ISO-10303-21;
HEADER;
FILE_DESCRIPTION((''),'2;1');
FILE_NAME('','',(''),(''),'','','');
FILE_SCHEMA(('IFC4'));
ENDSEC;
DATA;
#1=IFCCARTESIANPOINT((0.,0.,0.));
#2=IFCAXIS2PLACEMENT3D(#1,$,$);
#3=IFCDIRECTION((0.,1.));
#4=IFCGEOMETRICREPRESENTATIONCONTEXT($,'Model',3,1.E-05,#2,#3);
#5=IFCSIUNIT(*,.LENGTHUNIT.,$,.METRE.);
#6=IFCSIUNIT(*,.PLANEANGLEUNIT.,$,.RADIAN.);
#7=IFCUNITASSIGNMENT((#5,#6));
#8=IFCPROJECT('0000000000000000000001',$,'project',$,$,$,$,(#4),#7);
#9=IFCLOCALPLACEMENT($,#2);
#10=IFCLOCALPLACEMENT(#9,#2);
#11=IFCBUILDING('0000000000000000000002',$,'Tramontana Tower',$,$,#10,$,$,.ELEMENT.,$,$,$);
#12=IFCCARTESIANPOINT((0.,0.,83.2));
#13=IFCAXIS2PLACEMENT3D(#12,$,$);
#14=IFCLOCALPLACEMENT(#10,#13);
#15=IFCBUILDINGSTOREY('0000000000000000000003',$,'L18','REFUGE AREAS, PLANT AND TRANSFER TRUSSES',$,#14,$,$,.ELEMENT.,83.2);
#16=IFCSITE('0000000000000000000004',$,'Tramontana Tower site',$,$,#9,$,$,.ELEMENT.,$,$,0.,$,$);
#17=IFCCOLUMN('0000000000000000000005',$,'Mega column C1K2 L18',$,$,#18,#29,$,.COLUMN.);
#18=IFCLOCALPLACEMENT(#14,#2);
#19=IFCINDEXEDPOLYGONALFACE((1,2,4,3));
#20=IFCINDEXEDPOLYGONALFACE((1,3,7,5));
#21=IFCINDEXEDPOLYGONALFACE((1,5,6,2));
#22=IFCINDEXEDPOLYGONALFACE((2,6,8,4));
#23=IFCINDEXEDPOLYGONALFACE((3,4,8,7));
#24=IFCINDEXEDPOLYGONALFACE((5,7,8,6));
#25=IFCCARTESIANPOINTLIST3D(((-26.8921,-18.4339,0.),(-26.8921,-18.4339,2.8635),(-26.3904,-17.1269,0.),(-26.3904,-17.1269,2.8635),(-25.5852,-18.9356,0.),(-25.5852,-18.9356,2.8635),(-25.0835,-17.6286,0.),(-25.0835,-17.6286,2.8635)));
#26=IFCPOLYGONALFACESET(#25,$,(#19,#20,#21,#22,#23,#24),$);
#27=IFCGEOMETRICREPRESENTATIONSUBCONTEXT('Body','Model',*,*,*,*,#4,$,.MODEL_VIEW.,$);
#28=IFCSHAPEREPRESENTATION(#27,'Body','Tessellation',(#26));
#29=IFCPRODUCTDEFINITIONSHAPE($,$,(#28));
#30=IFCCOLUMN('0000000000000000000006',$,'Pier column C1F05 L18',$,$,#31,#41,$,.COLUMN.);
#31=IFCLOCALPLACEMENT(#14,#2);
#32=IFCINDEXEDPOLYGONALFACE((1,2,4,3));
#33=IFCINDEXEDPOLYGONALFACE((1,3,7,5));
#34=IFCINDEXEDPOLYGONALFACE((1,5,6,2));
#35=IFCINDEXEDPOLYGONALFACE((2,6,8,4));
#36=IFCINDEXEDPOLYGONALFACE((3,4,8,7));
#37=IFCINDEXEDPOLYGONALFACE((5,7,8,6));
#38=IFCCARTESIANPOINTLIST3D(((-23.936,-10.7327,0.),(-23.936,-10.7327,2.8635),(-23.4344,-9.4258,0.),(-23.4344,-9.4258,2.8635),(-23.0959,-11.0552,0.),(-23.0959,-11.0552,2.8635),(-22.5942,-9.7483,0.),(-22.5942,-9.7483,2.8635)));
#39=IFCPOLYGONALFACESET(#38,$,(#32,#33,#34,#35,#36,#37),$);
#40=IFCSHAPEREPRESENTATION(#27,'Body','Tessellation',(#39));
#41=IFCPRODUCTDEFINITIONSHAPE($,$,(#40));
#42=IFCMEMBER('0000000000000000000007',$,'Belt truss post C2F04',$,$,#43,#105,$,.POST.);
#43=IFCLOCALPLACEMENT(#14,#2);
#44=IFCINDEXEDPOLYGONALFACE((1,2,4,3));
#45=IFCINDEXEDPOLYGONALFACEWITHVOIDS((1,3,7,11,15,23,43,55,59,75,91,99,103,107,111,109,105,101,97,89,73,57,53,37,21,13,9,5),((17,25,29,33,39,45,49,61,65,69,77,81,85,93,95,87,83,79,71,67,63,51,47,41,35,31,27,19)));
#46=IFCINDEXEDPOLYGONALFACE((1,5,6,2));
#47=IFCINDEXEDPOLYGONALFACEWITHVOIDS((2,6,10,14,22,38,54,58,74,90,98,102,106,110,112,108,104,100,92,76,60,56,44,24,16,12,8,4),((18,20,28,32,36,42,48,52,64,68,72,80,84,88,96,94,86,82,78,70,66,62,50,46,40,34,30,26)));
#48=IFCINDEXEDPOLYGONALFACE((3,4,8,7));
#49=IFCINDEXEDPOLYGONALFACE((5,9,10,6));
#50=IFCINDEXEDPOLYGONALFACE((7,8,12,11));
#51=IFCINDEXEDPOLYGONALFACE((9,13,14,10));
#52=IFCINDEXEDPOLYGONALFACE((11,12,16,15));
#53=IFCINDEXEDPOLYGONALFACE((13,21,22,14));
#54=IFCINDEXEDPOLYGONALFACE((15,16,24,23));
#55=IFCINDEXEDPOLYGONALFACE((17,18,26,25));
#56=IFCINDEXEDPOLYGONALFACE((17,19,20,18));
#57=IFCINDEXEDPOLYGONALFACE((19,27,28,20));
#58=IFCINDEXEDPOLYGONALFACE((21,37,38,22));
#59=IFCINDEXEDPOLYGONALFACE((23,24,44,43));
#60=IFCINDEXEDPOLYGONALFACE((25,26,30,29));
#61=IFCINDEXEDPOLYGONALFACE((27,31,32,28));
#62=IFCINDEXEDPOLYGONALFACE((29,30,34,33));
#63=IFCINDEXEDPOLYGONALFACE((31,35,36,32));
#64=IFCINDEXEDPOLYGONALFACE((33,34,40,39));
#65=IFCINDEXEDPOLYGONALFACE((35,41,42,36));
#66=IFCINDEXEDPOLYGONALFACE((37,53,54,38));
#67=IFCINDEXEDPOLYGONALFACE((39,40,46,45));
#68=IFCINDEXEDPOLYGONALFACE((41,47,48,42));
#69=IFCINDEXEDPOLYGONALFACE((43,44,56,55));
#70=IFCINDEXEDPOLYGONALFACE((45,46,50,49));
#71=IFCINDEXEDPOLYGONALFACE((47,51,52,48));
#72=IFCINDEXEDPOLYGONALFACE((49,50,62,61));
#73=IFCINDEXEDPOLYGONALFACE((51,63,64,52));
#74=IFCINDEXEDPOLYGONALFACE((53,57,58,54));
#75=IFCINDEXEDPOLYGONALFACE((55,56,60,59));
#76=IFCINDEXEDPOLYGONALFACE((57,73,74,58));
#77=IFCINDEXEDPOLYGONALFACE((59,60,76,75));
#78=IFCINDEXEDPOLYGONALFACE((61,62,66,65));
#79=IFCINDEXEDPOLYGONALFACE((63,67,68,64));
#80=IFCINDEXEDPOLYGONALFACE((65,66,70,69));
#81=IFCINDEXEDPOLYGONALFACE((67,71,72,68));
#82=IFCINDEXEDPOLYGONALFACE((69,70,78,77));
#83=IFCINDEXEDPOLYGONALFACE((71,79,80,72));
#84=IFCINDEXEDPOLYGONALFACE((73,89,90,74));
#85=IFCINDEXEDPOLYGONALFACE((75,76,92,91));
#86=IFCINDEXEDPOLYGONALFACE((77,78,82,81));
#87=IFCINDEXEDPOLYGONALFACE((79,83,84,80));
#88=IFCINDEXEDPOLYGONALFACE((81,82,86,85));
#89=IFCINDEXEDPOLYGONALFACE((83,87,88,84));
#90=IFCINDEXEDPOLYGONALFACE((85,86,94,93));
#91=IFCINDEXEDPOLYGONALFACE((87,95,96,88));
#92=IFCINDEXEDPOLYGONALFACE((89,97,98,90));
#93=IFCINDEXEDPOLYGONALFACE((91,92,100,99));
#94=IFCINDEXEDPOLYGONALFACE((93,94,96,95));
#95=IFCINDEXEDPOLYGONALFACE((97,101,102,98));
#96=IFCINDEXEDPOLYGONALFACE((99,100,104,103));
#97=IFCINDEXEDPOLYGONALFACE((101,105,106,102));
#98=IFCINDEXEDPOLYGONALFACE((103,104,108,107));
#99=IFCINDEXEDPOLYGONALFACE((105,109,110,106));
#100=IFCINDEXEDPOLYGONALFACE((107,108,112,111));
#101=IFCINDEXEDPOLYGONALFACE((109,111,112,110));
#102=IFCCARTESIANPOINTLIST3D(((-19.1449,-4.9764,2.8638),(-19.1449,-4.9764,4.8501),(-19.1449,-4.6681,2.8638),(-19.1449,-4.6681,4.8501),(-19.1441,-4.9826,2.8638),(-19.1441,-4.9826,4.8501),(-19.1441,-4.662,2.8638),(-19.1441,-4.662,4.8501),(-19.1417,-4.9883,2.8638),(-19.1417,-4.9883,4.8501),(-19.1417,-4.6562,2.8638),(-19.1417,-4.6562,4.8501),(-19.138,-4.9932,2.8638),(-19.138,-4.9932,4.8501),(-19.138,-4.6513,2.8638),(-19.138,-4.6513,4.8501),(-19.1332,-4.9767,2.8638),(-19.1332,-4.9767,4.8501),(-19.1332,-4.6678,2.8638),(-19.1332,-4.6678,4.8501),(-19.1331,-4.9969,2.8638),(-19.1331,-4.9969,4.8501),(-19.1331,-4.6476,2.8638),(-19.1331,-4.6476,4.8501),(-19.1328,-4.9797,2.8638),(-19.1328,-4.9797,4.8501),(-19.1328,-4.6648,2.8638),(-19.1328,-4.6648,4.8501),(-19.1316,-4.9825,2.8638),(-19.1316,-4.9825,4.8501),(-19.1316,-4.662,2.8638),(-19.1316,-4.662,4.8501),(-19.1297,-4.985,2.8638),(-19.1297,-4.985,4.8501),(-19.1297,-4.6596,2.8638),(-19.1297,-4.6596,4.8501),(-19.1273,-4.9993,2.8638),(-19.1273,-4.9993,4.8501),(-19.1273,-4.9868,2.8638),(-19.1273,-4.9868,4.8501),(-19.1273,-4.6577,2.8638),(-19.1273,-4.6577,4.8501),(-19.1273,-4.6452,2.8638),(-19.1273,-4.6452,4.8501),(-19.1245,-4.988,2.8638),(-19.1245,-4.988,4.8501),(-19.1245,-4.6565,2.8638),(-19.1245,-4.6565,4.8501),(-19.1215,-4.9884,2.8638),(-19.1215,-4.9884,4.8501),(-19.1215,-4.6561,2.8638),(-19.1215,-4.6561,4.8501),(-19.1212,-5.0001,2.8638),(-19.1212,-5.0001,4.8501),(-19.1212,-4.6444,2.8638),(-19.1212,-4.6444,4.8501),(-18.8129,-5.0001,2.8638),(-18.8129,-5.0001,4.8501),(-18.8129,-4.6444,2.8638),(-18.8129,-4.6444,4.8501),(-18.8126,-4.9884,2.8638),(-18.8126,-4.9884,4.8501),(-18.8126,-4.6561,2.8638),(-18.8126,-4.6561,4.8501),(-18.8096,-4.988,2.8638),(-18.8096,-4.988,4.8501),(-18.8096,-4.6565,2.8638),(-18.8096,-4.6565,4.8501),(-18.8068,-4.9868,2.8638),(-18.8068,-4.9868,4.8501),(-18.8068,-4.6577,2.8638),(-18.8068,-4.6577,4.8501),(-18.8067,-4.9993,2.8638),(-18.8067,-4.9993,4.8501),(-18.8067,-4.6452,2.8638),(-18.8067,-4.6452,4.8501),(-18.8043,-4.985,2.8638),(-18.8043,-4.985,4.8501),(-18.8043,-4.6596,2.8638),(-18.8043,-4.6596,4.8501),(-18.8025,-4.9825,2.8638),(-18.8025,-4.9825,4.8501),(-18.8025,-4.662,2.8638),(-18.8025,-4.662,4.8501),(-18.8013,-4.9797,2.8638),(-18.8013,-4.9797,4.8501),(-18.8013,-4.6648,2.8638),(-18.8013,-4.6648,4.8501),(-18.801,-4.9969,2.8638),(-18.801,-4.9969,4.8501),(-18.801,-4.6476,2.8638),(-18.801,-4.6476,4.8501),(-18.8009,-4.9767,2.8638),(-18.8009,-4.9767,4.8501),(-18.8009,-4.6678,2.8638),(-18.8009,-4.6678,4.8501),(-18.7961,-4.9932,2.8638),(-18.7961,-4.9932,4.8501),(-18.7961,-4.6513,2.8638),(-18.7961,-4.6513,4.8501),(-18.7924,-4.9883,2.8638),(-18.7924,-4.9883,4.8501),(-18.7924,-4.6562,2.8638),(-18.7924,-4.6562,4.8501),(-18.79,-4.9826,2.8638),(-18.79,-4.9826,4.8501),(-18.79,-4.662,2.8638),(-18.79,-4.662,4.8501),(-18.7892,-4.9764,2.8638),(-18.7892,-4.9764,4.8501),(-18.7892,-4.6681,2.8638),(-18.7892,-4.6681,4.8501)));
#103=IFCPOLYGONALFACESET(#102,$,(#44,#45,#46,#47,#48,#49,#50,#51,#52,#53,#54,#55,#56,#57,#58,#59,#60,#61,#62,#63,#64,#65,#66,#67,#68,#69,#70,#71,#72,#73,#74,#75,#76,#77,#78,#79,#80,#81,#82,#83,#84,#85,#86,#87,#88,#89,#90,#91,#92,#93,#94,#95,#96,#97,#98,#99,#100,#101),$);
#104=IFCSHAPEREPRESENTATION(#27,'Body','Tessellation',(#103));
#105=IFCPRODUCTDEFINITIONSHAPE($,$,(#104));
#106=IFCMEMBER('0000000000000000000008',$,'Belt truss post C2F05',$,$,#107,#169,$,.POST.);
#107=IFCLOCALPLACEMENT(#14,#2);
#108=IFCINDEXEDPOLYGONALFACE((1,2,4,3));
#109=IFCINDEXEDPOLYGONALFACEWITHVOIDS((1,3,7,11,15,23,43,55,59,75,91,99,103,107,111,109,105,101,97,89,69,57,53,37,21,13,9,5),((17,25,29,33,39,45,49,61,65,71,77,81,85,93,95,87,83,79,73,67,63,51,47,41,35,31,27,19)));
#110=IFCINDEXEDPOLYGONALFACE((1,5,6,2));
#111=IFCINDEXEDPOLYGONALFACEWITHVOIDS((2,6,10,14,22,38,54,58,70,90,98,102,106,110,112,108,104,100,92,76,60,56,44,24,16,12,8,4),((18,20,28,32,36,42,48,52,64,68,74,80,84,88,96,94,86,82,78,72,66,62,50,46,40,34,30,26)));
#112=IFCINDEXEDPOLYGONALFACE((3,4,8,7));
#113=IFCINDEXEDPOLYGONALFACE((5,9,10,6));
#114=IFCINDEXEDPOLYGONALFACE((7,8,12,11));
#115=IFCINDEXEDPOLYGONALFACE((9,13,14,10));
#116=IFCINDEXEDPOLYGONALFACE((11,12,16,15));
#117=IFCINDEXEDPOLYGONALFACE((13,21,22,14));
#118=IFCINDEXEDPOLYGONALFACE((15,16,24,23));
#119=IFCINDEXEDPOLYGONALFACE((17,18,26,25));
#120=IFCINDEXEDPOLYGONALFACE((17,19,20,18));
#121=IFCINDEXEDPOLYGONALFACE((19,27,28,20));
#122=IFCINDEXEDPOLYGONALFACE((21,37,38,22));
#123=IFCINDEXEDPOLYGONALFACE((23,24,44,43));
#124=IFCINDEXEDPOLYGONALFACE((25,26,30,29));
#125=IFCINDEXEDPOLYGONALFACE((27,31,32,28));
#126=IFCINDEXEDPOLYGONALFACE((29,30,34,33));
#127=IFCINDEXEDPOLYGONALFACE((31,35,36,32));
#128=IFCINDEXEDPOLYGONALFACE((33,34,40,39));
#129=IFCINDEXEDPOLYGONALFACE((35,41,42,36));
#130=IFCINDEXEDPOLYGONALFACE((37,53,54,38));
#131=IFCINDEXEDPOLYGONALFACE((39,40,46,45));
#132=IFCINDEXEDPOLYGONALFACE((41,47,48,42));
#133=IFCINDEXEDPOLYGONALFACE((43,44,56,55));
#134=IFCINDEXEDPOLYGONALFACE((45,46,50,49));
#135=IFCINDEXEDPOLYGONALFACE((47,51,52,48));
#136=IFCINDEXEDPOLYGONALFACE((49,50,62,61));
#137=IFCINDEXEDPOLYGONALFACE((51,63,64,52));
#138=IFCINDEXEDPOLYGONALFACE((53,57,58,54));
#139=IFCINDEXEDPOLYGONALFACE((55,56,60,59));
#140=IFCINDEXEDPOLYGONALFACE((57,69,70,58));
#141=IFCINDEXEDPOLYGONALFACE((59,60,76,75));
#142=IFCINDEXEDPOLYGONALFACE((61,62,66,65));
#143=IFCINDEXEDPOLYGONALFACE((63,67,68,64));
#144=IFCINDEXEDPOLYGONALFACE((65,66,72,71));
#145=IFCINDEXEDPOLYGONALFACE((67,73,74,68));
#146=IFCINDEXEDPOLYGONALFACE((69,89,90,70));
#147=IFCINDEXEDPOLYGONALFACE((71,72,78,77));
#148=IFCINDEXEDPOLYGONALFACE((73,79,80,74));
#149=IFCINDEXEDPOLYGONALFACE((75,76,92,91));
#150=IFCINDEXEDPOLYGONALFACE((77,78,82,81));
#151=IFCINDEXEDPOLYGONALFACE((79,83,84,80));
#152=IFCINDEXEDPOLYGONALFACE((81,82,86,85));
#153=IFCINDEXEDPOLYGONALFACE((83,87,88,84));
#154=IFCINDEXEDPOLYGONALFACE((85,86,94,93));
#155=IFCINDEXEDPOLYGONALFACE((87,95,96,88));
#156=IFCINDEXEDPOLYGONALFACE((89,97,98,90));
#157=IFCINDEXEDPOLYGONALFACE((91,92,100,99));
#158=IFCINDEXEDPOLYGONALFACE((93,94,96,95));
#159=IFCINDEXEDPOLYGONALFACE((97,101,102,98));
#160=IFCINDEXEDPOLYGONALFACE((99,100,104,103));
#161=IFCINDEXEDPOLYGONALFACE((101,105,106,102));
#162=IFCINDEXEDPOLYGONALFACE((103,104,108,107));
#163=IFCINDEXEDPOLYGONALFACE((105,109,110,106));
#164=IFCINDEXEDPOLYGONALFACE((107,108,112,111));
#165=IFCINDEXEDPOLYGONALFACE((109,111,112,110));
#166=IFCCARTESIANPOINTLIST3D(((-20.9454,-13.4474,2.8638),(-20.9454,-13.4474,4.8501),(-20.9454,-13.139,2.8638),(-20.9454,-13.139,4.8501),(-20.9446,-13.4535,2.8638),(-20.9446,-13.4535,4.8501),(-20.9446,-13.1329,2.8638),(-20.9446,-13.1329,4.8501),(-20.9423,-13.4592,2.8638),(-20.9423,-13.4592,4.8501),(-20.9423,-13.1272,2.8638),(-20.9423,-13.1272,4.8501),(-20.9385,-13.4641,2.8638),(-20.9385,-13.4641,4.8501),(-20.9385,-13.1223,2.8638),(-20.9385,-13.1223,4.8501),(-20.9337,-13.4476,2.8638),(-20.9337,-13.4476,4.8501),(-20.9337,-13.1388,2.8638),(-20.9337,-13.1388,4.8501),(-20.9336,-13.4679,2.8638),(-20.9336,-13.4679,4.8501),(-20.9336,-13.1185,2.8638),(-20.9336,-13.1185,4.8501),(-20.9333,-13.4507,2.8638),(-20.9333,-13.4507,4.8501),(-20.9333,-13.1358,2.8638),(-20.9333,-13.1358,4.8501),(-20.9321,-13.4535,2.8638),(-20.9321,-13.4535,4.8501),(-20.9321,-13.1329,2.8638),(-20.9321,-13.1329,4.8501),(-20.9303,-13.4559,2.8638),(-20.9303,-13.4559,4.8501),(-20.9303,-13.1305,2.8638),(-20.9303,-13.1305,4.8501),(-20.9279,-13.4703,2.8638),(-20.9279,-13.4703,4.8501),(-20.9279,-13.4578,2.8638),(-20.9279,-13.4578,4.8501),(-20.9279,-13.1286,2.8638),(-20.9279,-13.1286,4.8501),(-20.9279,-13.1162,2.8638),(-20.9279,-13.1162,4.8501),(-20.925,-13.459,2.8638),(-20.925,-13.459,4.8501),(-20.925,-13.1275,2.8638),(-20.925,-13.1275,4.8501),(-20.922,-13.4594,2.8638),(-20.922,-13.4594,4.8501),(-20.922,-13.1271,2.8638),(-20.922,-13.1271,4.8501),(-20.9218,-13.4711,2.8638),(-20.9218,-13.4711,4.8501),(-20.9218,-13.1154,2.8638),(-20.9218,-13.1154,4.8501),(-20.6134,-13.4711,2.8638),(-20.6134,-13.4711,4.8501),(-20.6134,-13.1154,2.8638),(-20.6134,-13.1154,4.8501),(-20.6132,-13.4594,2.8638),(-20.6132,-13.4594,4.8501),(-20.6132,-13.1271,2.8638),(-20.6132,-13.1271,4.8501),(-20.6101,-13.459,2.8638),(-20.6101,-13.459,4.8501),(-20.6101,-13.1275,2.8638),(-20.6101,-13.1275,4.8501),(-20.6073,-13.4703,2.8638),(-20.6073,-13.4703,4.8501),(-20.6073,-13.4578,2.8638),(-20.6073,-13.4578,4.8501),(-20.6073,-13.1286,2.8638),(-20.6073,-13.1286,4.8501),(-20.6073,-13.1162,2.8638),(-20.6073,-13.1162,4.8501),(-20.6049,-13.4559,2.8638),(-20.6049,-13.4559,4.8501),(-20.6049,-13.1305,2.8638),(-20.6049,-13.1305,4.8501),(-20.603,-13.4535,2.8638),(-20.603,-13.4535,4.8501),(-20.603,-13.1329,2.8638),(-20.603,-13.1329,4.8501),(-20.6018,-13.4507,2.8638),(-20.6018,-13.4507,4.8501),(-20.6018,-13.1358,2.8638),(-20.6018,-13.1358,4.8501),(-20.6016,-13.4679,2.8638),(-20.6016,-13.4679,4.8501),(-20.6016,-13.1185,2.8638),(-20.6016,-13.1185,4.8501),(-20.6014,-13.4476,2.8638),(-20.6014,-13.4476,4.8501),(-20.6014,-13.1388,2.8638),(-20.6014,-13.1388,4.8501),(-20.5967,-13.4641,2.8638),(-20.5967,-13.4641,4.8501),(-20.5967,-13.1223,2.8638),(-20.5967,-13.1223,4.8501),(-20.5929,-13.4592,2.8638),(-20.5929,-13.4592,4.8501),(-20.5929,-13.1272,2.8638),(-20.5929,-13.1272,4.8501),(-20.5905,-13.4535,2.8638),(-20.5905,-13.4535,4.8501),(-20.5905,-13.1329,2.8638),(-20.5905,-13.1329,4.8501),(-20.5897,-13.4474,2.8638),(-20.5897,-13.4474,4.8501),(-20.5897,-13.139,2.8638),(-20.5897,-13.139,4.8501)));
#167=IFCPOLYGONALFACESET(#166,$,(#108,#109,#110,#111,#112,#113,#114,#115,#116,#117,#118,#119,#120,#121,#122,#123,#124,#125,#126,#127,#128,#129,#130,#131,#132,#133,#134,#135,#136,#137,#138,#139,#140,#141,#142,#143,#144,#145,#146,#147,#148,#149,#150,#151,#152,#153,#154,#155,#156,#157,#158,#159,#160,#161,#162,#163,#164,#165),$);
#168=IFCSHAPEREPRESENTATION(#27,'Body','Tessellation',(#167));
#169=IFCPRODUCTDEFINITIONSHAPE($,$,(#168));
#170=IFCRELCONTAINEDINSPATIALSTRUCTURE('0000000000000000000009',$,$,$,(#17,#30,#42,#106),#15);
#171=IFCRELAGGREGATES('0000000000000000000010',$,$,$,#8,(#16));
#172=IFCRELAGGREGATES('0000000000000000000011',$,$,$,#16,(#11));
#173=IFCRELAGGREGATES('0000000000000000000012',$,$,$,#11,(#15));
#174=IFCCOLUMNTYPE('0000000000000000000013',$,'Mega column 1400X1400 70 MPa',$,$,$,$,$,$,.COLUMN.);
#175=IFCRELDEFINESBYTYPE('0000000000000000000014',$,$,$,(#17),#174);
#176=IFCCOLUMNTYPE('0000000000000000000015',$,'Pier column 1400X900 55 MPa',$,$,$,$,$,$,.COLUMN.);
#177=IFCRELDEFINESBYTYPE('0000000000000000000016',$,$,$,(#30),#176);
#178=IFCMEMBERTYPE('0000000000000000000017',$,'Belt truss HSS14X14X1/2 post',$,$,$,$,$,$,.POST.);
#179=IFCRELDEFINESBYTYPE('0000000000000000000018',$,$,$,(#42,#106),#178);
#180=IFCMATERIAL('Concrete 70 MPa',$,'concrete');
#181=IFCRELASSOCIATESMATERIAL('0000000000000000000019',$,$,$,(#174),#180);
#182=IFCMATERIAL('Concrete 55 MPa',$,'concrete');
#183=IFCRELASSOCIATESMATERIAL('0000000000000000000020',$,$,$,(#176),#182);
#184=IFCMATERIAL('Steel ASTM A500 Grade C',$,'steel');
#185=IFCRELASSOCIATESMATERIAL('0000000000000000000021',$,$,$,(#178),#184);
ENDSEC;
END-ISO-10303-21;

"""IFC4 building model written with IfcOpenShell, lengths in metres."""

from ifc_helpers import new_model, si_unit, direction, frame, origin, origin_2d, place, context, subcontext, project, spatial, rectangle, hollow_rectangle, extrude, material, material_profile, profile_set, type_object, element, save


model = new_model("IFC4")

# Units and contexts
model_context = context("Model", 3, precision=1e-05, world=origin(), true_north=direction((0.0, 1.0)))
body_context = subcontext(model_context, "Body", "Model", "MODEL_VIEW")
ifc_project = project(units=[si_unit("LENGTHUNIT", "METRE"), si_unit("PLANEANGLEUNIT", "RADIAN")], contexts=[model_context])

# Site, building, storey
site_placement = place(None, origin())
site = spatial("IfcSite", under=ifc_project, at=site_placement, Name="Tramontana Tower site", CompositionType="ELEMENT", RefElevation=0.0)
building_placement = place(site_placement, origin())
building = spatial("IfcBuilding", under=site, at=building_placement, Name="Tramontana Tower", CompositionType="ELEMENT")
storey_placement = place(building_placement, frame((0.0, 0.0, 83.2)))
storey = spatial("IfcBuildingStorey", under=building, at=storey_placement, Name="L18", Description="REFUGE AREAS, PLANT AND TRANSFER TRUSSES", CompositionType="ELEMENT", Elevation=83.2)

# Columns
ifc_material_1 = material(Name="Concrete 70 MPa", Category="concrete")
ifc_material_profile_1 = material_profile(ifc_material_1, rectangle(XDim=1.3999, YDim=1.3999, at=origin_2d()), Name="Mega column 1400X1400 70 MPa")
ifc_profile_set_1 = profile_set([ifc_material_profile_1], Name="Concrete 70 MPa")
column_type_1 = type_object("IfcColumnType", Name="Mega column 1400X1400 70 MPa", PredefinedType="COLUMN", material=ifc_profile_set_1)
column_1_placement = place(storey_placement, frame((-25.9878, -18.0312, 0.0), z_axis=(0.0, 0.0, 1.0), x_axis=(-0.358368, -0.93358, 0.0)))
element("IfcColumn", 1, at=column_1_placement, inside=storey, type_object=column_type_1, Name="Mega column C1K2 L18", PredefinedType="COLUMN", context=body_context, shape_type="SweptSolid", body=[
    extrude(rectangle(XDim=1.3999, YDim=1.3999, at=origin_2d()), origin(), (0.0, 0.0, 1.0), 2.8635),
])
ifc_material_2 = material(Name="Concrete 55 MPa", Category="concrete")
ifc_material_profile_2 = material_profile(ifc_material_2, rectangle(XDim=1.3999, YDim=0.8999, at=origin_2d()), Name="Pier column 1400X900 55 MPa")
ifc_profile_set_2 = profile_set([ifc_material_profile_2], Name="Concrete 55 MPa")
column_type_2 = type_object("IfcColumnType", Name="Pier column 1400X900 55 MPa", PredefinedType="COLUMN", material=ifc_profile_set_2)
column_2_placement = place(storey_placement, frame((-23.2651, -10.2405, 0.0), z_axis=(0.0, 0.0, 1.0), x_axis=(-0.358368, -0.93358, 0.0)))
element("IfcColumn", 2, at=column_2_placement, inside=storey, type_object=column_type_2, Name="Pier column C1F05 L18", PredefinedType="COLUMN", context=body_context, shape_type="SweptSolid", body=[
    extrude(rectangle(XDim=1.3999, YDim=0.8999, at=origin_2d()), origin(), (0.0, 0.0, 1.0), 2.8635),
])

# Members
ifc_material_3 = material(Name="Steel ASTM A500 Grade C", Category="steel")
ifc_material_profile_3 = material_profile(ifc_material_3, hollow_rectangle(XDim=0.3557, YDim=0.3557, WallThickness=0.0117, InnerFilletRadius=0.0117, OuterFilletRadius=0.0237, at=origin_2d()), Name="HSS14X14X1/2")
ifc_profile_set_3 = profile_set([ifc_material_profile_3], Name="Steel ASTM A500 Grade C")
member_type_1 = type_object("IfcMemberType", Name="Belt truss HSS14X14X1/2 post", PredefinedType="POST", material=ifc_profile_set_3)
for number, where, z_axis, x_axis, name in (
    (3, (-18.967, -4.8223, 2.8638), (0.0, 0.0, 1.0), (1.0, 0.0, 0.0), "Belt truss post C2F04"),
    (4, (-20.7676, -13.2932, 2.8638), (0.0, 0.0, 1.0), (1.0, 0.0, 0.0), "Belt truss post C2F05"),
):
    element("IfcMember", number, at=place(storey_placement, frame(where, z_axis=z_axis, x_axis=x_axis)), inside=storey, type_object=member_type_1, Name=name, PredefinedType="POST", context=body_context, shape_type="SweptSolid", body=[
        extrude(hollow_rectangle(XDim=0.3557, YDim=0.3557, WallThickness=0.0117, InnerFilletRadius=0.0117, OuterFilletRadius=0.0237, at=origin_2d()), origin(), (0.0, 0.0, 1.0), 1.9863),
    ])

save(model, "model.ifc")
